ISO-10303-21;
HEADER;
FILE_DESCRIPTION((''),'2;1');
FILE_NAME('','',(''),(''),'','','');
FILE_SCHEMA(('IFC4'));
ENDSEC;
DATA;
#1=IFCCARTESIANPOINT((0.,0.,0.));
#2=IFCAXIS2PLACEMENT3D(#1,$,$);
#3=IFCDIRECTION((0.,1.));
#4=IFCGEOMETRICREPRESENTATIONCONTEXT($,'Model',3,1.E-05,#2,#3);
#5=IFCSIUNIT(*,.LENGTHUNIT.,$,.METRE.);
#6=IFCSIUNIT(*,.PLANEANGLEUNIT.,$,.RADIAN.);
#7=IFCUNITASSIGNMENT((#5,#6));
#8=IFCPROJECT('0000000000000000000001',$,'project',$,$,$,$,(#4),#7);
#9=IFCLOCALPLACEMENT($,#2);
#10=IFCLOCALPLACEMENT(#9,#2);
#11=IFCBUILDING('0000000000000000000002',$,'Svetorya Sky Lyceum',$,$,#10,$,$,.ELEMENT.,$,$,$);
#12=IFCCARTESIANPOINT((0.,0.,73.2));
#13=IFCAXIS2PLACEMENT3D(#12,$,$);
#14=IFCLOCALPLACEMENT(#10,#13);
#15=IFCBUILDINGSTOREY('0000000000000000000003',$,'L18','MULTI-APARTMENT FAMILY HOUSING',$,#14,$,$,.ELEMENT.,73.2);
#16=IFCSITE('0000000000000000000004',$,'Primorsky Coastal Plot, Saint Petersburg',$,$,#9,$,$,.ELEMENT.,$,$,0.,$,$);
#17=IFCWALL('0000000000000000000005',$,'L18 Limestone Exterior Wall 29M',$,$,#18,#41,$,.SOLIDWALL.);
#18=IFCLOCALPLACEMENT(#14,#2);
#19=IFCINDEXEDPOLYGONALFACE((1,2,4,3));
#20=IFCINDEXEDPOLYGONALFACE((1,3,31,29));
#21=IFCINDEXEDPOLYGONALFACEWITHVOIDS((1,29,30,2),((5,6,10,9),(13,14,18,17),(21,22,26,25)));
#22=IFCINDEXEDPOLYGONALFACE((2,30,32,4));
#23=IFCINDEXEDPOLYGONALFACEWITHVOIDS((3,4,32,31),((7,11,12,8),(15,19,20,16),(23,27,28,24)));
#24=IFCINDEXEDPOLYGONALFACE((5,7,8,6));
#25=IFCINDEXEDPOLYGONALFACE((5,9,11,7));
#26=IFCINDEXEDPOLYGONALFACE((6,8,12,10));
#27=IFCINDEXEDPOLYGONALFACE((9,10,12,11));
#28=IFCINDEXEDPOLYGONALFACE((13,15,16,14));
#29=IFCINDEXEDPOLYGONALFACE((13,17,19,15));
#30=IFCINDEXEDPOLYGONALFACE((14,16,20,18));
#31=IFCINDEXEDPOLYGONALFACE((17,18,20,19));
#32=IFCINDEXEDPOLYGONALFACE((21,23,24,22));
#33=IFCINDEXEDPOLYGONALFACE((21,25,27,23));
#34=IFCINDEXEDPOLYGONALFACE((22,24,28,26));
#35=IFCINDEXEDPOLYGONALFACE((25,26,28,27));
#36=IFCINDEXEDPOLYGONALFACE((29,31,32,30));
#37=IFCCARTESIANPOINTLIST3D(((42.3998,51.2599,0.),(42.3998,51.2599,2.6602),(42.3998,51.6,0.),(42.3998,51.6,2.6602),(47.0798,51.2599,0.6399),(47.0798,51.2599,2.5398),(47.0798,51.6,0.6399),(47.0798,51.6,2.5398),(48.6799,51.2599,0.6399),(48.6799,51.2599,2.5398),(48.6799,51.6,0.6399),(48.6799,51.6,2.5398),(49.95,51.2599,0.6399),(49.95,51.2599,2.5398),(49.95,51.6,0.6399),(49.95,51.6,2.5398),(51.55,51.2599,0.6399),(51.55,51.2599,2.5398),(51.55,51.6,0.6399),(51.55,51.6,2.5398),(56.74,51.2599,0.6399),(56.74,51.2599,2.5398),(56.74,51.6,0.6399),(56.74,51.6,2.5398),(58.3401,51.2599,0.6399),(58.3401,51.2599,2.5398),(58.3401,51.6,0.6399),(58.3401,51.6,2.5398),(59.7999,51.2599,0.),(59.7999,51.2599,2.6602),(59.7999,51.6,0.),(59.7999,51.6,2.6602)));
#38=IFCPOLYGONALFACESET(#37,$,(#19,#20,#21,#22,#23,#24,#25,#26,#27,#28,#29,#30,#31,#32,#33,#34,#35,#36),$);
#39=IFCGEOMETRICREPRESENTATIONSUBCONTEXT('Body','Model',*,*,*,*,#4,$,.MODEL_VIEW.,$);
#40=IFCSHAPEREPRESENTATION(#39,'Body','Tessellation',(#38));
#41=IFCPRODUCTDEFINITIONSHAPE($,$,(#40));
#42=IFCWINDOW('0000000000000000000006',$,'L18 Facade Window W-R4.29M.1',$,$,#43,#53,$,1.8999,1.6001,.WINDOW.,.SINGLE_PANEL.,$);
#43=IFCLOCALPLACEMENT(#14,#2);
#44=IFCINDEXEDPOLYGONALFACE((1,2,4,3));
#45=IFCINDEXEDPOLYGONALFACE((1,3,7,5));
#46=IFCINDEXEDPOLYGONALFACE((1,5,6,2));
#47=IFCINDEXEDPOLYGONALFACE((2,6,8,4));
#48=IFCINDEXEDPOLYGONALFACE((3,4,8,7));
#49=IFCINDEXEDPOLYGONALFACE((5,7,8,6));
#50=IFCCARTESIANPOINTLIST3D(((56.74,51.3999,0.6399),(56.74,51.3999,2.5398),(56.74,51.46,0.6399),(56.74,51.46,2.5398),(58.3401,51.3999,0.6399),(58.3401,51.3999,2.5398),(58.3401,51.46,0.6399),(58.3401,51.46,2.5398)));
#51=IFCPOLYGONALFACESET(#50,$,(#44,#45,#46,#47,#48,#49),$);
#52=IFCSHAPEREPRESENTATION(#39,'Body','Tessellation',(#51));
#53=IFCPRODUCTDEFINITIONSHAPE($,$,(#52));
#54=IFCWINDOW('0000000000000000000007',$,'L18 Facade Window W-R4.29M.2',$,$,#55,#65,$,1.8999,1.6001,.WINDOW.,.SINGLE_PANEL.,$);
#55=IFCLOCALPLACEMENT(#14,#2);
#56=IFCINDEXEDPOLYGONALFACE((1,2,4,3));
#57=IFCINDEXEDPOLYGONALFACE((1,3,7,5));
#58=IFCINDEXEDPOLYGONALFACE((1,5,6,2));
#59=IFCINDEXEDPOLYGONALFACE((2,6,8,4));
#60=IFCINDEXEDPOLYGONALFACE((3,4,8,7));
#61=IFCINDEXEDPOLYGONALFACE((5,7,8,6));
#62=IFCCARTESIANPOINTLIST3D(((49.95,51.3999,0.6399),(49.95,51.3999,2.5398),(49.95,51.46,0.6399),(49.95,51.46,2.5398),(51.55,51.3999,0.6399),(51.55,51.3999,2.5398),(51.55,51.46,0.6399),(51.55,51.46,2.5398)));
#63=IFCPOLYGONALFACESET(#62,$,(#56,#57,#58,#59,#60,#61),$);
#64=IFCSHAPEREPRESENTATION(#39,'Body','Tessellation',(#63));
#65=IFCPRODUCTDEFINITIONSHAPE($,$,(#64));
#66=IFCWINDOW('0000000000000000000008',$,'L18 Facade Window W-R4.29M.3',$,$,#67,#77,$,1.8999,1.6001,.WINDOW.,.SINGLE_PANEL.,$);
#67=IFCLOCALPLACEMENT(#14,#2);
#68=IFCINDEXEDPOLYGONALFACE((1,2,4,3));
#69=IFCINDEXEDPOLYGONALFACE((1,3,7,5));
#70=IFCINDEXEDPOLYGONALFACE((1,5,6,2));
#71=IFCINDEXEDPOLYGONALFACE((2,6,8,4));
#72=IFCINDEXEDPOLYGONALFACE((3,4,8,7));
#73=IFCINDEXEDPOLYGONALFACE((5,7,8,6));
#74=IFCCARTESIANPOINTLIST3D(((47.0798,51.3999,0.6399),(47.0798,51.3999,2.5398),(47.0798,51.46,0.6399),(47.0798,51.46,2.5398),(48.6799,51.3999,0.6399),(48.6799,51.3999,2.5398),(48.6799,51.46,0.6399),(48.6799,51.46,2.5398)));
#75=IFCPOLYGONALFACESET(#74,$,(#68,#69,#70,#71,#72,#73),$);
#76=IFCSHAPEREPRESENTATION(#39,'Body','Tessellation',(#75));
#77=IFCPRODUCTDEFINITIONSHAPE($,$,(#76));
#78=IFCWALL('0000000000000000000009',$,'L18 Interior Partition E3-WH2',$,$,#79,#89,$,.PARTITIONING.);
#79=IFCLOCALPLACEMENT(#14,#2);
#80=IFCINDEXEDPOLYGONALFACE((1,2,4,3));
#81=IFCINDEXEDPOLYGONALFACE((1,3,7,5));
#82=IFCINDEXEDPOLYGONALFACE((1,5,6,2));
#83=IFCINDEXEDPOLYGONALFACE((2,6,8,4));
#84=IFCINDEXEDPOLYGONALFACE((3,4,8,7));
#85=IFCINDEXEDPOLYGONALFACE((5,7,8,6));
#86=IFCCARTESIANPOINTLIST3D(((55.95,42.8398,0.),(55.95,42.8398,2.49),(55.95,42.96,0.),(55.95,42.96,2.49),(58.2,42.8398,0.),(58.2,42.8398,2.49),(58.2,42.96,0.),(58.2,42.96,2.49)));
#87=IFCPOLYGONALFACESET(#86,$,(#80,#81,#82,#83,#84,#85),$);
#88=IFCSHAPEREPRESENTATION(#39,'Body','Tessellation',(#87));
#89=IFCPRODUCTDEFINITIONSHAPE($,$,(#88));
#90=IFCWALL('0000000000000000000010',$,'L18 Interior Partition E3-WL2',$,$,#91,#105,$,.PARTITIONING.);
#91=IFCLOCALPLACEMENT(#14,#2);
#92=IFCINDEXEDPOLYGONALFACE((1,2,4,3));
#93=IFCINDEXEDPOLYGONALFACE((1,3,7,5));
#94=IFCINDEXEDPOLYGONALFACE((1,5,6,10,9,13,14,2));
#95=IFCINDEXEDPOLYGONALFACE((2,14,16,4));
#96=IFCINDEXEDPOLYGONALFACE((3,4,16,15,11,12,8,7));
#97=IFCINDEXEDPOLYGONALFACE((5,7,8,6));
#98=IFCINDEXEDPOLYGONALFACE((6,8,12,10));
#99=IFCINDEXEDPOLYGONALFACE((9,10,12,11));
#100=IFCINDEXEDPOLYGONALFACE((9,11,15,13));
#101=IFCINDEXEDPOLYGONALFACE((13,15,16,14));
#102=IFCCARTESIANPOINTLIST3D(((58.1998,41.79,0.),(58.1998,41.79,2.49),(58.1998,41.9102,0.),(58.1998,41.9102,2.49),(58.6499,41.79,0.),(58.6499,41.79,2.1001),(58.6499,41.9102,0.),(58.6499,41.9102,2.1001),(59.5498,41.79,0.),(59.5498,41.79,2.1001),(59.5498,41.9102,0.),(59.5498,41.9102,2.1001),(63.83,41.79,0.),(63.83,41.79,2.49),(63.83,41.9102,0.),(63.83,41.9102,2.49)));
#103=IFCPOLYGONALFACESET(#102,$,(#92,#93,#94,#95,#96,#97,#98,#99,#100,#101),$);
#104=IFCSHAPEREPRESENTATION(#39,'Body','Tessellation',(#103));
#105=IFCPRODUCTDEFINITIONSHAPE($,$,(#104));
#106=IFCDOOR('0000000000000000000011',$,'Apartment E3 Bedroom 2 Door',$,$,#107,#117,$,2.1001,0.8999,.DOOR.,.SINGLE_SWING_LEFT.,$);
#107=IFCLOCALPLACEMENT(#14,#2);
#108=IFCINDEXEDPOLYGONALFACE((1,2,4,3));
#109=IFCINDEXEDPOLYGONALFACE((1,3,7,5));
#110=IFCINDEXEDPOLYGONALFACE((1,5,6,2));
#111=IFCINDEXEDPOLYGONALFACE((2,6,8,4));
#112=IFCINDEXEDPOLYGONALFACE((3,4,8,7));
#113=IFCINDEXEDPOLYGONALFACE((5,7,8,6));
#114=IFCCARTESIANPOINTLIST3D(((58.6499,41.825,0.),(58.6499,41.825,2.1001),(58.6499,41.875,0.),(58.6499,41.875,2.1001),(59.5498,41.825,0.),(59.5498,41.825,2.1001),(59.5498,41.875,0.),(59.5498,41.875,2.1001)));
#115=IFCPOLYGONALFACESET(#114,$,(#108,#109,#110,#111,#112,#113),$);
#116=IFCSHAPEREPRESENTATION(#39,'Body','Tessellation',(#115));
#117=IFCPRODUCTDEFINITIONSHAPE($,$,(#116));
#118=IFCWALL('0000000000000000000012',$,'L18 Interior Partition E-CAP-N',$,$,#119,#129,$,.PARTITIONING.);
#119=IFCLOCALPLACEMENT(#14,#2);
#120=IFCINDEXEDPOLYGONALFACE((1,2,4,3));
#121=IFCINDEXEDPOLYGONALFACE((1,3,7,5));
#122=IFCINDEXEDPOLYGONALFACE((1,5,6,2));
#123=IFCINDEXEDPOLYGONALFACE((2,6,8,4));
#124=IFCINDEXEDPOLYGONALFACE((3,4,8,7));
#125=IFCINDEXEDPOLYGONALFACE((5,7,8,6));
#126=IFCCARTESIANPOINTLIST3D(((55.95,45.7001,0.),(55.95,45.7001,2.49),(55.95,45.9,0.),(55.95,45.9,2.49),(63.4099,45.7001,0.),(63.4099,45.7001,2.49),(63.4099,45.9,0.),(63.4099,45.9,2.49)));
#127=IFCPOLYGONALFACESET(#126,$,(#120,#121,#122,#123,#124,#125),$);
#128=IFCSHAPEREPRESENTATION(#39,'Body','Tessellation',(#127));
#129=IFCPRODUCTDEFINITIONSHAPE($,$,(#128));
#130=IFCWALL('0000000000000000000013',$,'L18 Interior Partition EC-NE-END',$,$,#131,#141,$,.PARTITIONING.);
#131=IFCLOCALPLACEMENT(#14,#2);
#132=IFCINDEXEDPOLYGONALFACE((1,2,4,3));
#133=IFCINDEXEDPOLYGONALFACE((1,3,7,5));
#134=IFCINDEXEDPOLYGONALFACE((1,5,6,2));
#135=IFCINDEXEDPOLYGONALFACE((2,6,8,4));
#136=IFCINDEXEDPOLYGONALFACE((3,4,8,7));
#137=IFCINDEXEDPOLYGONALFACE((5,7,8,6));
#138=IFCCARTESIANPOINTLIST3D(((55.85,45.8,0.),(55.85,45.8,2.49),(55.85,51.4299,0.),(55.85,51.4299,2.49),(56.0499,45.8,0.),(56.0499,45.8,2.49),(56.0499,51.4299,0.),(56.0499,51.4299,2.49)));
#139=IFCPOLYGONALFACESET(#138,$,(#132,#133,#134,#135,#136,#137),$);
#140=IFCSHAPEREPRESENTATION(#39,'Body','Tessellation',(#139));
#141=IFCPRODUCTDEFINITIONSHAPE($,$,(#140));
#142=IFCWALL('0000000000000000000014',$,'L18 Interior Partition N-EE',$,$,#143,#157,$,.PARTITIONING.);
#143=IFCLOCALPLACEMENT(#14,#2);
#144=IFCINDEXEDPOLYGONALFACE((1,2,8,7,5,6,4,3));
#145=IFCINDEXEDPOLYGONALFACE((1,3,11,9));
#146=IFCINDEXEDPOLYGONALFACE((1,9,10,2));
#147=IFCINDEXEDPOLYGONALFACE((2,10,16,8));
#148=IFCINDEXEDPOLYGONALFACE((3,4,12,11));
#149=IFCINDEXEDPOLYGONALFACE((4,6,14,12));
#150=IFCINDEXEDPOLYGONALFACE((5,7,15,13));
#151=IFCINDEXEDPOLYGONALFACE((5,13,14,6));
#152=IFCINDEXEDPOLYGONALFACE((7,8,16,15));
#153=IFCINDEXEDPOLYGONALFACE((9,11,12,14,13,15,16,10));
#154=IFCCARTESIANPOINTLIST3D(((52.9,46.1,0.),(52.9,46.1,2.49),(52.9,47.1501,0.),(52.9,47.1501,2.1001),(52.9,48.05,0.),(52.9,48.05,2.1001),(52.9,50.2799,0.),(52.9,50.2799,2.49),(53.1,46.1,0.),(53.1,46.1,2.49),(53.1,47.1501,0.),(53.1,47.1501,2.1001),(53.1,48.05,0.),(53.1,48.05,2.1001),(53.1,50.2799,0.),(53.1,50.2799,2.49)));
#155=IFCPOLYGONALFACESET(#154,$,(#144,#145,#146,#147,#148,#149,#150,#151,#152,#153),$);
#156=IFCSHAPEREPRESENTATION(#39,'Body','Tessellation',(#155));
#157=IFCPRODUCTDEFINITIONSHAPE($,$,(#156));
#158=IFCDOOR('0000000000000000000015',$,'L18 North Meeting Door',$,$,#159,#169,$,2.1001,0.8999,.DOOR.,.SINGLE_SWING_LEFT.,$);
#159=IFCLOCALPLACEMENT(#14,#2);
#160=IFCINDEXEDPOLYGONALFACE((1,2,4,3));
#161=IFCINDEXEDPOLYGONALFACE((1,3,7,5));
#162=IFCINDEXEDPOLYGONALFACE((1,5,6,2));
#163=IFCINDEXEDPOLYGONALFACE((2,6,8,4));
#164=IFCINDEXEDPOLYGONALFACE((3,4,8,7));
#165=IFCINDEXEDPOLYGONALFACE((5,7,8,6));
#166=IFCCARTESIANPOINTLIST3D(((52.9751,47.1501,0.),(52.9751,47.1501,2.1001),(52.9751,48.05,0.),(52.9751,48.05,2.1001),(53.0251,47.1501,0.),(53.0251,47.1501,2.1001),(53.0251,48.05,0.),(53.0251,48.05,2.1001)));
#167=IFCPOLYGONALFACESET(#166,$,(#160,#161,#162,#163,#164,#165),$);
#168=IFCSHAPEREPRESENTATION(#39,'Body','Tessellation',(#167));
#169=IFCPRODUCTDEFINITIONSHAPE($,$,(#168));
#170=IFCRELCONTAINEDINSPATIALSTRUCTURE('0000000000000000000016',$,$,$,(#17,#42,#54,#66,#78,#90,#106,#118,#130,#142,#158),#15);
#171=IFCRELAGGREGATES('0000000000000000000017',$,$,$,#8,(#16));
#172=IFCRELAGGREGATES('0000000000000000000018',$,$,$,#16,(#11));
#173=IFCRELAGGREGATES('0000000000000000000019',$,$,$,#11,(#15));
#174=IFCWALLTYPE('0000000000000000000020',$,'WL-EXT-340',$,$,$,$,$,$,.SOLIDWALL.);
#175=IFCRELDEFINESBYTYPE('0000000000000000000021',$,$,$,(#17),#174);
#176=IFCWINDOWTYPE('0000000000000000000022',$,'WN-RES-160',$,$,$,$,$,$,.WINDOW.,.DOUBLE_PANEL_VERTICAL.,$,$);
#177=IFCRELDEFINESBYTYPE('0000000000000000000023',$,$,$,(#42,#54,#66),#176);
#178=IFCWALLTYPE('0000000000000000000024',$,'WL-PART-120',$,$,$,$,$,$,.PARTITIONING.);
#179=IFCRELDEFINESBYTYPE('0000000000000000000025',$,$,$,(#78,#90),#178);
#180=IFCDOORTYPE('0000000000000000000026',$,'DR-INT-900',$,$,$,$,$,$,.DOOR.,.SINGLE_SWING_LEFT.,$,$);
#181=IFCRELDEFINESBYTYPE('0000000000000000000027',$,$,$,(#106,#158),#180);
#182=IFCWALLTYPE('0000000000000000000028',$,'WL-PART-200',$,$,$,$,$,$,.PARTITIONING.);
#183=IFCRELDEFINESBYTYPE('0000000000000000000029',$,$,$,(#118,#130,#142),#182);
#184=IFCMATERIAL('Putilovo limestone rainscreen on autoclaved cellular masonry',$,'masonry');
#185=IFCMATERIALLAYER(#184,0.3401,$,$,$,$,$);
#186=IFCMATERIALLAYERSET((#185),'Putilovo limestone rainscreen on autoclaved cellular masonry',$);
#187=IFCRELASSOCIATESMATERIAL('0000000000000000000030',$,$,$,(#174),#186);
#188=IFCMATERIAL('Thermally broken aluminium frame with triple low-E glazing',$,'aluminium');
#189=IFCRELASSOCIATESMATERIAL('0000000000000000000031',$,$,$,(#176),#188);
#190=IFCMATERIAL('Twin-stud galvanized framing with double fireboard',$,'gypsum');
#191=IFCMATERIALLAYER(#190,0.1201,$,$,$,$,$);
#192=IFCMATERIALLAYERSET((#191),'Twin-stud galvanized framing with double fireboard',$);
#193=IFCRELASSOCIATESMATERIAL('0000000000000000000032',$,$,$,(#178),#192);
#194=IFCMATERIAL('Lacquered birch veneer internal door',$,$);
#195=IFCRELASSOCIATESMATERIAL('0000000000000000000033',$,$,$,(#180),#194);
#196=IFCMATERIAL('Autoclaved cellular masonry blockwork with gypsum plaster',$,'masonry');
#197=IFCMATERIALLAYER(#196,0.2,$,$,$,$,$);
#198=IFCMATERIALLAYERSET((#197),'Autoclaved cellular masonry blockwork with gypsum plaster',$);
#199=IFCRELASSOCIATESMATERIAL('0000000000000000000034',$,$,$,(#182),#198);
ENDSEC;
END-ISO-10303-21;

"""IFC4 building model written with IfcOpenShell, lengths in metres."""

from ifc_helpers import new_model, si_unit, direction, frame, frame_2d, origin, place, context, subcontext, project, spatial, rectangle, extrude, material, layer, layer_set, type_object, element, fill, save


model = new_model("IFC4")

# Units and contexts
model_context = context("Model", 3, precision=1e-05, world=origin(), true_north=direction((0.0, 1.0)))
body_context = subcontext(model_context, "Body", "Model", "MODEL_VIEW")
ifc_project = project(units=[si_unit("LENGTHUNIT", "METRE"), si_unit("PLANEANGLEUNIT", "RADIAN")], contexts=[model_context])

# Site, building, storey
site_placement = place(None, origin())
site = spatial("IfcSite", under=ifc_project, at=site_placement, Name="Primorsky Coastal Plot, Saint Petersburg", CompositionType="ELEMENT", RefElevation=0.0)
building_placement = place(site_placement, origin())
building = spatial("IfcBuilding", under=site, at=building_placement, Name="Svetorya Sky Lyceum", CompositionType="ELEMENT")
storey_placement = place(building_placement, frame((0.0, 0.0, 73.2)))
storey = spatial("IfcBuildingStorey", under=building, at=storey_placement, Name="L18", Description="MULTI-APARTMENT FAMILY HOUSING", CompositionType="ELEMENT", Elevation=73.2)

# Shared definitions
ifc_material_1 = material(Name="Putilovo limestone rainscreen on autoclaved cellular masonry", Category="masonry")
ifc_layer_1 = layer(ifc_material_1, 0.3401)
ifc_layer_set_1 = layer_set([ifc_layer_1], Name="Putilovo limestone rainscreen on autoclaved cellular masonry")
wall_type_1 = type_object("IfcWallType", Name="WL-EXT-340", PredefinedType="SOLIDWALL", material=ifc_layer_set_1)

# Wall, openings, windows
wall_1_placement = place(storey_placement, frame((59.8, 51.4299, 0.0), z_axis=(0.0, 0.0, 1.0), x_axis=(-1.0, 0.0, 0.0)))
wall_1 = element("IfcWall", 1, at=wall_1_placement, inside=storey, type_object=wall_type_1, Name="L18 Limestone Exterior Wall 29M", PredefinedType="SOLIDWALL", context=body_context, shape_type="SweptSolid", body=[
    extrude(rectangle(XDim=17.4001, YDim=0.3401, at=frame_2d((8.7002, 0.0))), origin(), (0.0, 0.0, 1.0), 2.6602),
])
opening_1_placement = place(wall_1_placement, frame((1.46, 0.0, 0.6399)))
opening_1 = element("IfcOpeningElement", 2, at=opening_1_placement, cuts=wall_1, PredefinedType="OPENING", context=body_context, shape_type="SweptSolid", body=[
    extrude(rectangle(XDim=1.6001, YDim=1.8999, at=frame_2d((0.8, 0.95))), frame((0.0, 0.1799, 0.0), z_axis=(0.0, -1.0, 0.0), x_axis=(1.0, 0.0, 0.0)), (0.0, 0.0, 1.0), 0.3601),
])
opening_2_placement = place(wall_1_placement, frame((8.25, 0.0, 0.6399)))
opening_2 = element("IfcOpeningElement", 3, at=opening_2_placement, cuts=wall_1, PredefinedType="OPENING", context=body_context, shape_type="SweptSolid", body=[
    extrude(rectangle(XDim=1.6001, YDim=1.8999, at=frame_2d((0.8, 0.95))), frame((0.0, 0.1799, 0.0), z_axis=(0.0, -1.0, 0.0), x_axis=(1.0, 0.0, 0.0)), (0.0, 0.0, 1.0), 0.3601),
])
opening_3_placement = place(wall_1_placement, frame((11.1201, 0.0, 0.6399)))
opening_3 = element("IfcOpeningElement", 4, at=opening_3_placement, cuts=wall_1, PredefinedType="OPENING", context=body_context, shape_type="SweptSolid", body=[
    extrude(rectangle(XDim=1.6001, YDim=1.8999, at=frame_2d((0.8, 0.95))), frame((0.0, 0.1799, 0.0), z_axis=(0.0, -1.0, 0.0), x_axis=(1.0, 0.0, 0.0)), (0.0, 0.0, 1.0), 0.3601),
])
ifc_material_2 = material(Name="Thermally broken aluminium frame with triple low-E glazing", Category="aluminium")
window_type = type_object("IfcWindowType", Name="WN-RES-160", PartitioningType="DOUBLE_PANEL_VERTICAL", PredefinedType="WINDOW", material=ifc_material_2)
window_1_placement = place(opening_1_placement, origin())
window_1 = element("IfcWindow", 5, at=window_1_placement, inside=storey, type_object=window_type, Name="L18 Facade Window W-R4.29M.1", OverallHeight=1.8999, OverallWidth=1.6001, PartitioningType="SINGLE_PANEL", PredefinedType="WINDOW", context=body_context, shape_type="SweptSolid", body=[
    extrude(rectangle(XDim=1.6001, YDim=1.8999, at=frame_2d((0.8, 0.95))), frame((0.0, 0.03, 0.0), z_axis=(0.0, -1.0, 0.0), x_axis=(1.0, 0.0, 0.0)), (0.0, 0.0, 1.0), 0.0601),
])
fill(opening_1, window_1)
window_2_placement = place(opening_2_placement, origin())
window_2 = element("IfcWindow", 6, at=window_2_placement, inside=storey, type_object=window_type, Name="L18 Facade Window W-R4.29M.2", OverallHeight=1.8999, OverallWidth=1.6001, PartitioningType="SINGLE_PANEL", PredefinedType="WINDOW", context=body_context, shape_type="SweptSolid", body=[
    extrude(rectangle(XDim=1.6001, YDim=1.8999, at=frame_2d((0.8, 0.95))), frame((0.0, 0.03, 0.0), z_axis=(0.0, -1.0, 0.0), x_axis=(1.0, 0.0, 0.0)), (0.0, 0.0, 1.0), 0.0601),
])
fill(opening_2, window_2)
window_3_placement = place(opening_3_placement, origin())
window_3 = element("IfcWindow", 7, at=window_3_placement, inside=storey, type_object=window_type, Name="L18 Facade Window W-R4.29M.3", OverallHeight=1.8999, OverallWidth=1.6001, PartitioningType="SINGLE_PANEL", PredefinedType="WINDOW", context=body_context, shape_type="SweptSolid", body=[
    extrude(rectangle(XDim=1.6001, YDim=1.8999, at=frame_2d((0.8, 0.95))), frame((0.0, 0.03, 0.0), z_axis=(0.0, -1.0, 0.0), x_axis=(1.0, 0.0, 0.0)), (0.0, 0.0, 1.0), 0.0601),
])
fill(opening_3, window_3)

# Wall
ifc_material_3 = material(Name="Twin-stud galvanized framing with double fireboard", Category="gypsum")
ifc_layer_2 = layer(ifc_material_3, 0.1201)
ifc_layer_set_2 = layer_set([ifc_layer_2], Name="Twin-stud galvanized framing with double fireboard")
wall_type_2 = type_object("IfcWallType", Name="WL-PART-120", PredefinedType="PARTITIONING", material=ifc_layer_set_2)
wall_2_placement = place(storey_placement, frame((55.95, 42.8999, 0.0), z_axis=(0.0, 0.0, 1.0), x_axis=(1.0, 0.0, 0.0)))
element("IfcWall", 8, at=wall_2_placement, inside=storey, type_object=wall_type_2, Name="L18 Interior Partition E3-WH2", PredefinedType="PARTITIONING", context=body_context, shape_type="SweptSolid", body=[
    extrude(rectangle(XDim=2.25, YDim=0.1201, at=frame_2d((1.125, 0.0))), origin(), (0.0, 0.0, 1.0), 2.49),
])

# Wall, opening, door
wall_3_placement = place(storey_placement, frame((58.2, 41.8501, 0.0), z_axis=(0.0, 0.0, 1.0), x_axis=(1.0, 0.0, 0.0)))
wall_3 = element("IfcWall", 9, at=wall_3_placement, inside=storey, type_object=wall_type_2, Name="L18 Interior Partition E3-WL2", PredefinedType="PARTITIONING", context=body_context, shape_type="SweptSolid", body=[
    extrude(rectangle(XDim=5.6301, YDim=0.1201, at=frame_2d((2.8149, 0.0))), origin(), (0.0, 0.0, 1.0), 2.49),
])
opening_4_placement = place(wall_3_placement, frame((0.45, 0.0, 0.0)))
opening_4 = element("IfcOpeningElement", 10, at=opening_4_placement, cuts=wall_3, PredefinedType="OPENING", context=body_context, shape_type="SweptSolid", body=[
    extrude(rectangle(XDim=0.8999, YDim=2.1001, at=frame_2d((0.45, 1.05))), frame((0.0, 0.0701, 0.0), z_axis=(0.0, -1.0, 0.0), x_axis=(1.0, 0.0, 0.0)), (0.0, 0.0, 1.0), 0.1401),
])
ifc_material_4 = material(Name="Lacquered birch veneer internal door")
door_type = type_object("IfcDoorType", Name="DR-INT-900", OperationType="SINGLE_SWING_LEFT", PredefinedType="DOOR", material=ifc_material_4)
door_1_placement = place(opening_4_placement, origin())
door_1 = element("IfcDoor", 11, at=door_1_placement, inside=storey, type_object=door_type, Name="Apartment E3 Bedroom 2 Door", OperationType="SINGLE_SWING_LEFT", OverallHeight=2.1001, OverallWidth=0.8999, PredefinedType="DOOR", context=body_context, shape_type="SweptSolid", body=[
    extrude(rectangle(XDim=0.8999, YDim=2.1001, at=frame_2d((0.45, 1.05))), frame((0.0, 0.0249, 0.0), z_axis=(0.0, -1.0, 0.0), x_axis=(1.0, 0.0, 0.0)), (0.0, 0.0, 1.0), 0.05),
])
fill(opening_4, door_1)

# Walls
ifc_material_5 = material(Name="Autoclaved cellular masonry blockwork with gypsum plaster", Category="masonry")
ifc_layer_3 = layer(ifc_material_5, 0.2)
ifc_layer_set_3 = layer_set([ifc_layer_3], Name="Autoclaved cellular masonry blockwork with gypsum plaster")
wall_type_3 = type_object("IfcWallType", Name="WL-PART-200", PredefinedType="PARTITIONING", material=ifc_layer_set_3)
wall_4_placement = place(storey_placement, frame((55.95, 45.8, 0.0), z_axis=(0.0, 0.0, 1.0), x_axis=(1.0, 0.0, 0.0)))
element("IfcWall", 12, at=wall_4_placement, inside=storey, type_object=wall_type_3, Name="L18 Interior Partition E-CAP-N", PredefinedType="PARTITIONING", context=body_context, shape_type="SweptSolid", body=[
    extrude(rectangle(XDim=7.46, YDim=0.2, at=frame_2d((3.73, 0.0))), origin(), (0.0, 0.0, 1.0), 2.49),
])
wall_5_placement = place(storey_placement, frame((55.95, 45.8, 0.0), z_axis=(0.0, 0.0, 1.0), x_axis=(0.0, 1.0, 0.0)))
element("IfcWall", 13, at=wall_5_placement, inside=storey, type_object=wall_type_3, Name="L18 Interior Partition EC-NE-END", PredefinedType="PARTITIONING", context=body_context, shape_type="SweptSolid", body=[
    extrude(rectangle(XDim=5.6299, YDim=0.2, at=frame_2d((2.8149, 0.0))), origin(), (0.0, 0.0, 1.0), 2.49),
])

# Wall, opening, door
wall_6_placement = place(storey_placement, frame((53.0, 46.1001, 0.0), z_axis=(0.0, 0.0, 1.0), x_axis=(0.0, 1.0, 0.0)))
wall_6 = element("IfcWall", 14, at=wall_6_placement, inside=storey, type_object=wall_type_3, Name="L18 Interior Partition N-EE", PredefinedType="PARTITIONING", context=body_context, shape_type="SweptSolid", body=[
    extrude(rectangle(XDim=4.1799, YDim=0.2, at=frame_2d((2.0898, 0.0))), origin(), (0.0, 0.0, 1.0), 2.49),
])
opening_5_placement = place(wall_6_placement, frame((1.05, 0.0, 0.0)))
opening_5 = element("IfcOpeningElement", 15, at=opening_5_placement, cuts=wall_6, PredefinedType="OPENING", context=body_context, shape_type="SweptSolid", body=[
    extrude(rectangle(XDim=0.8999, YDim=2.1001, at=frame_2d((0.45, 1.05))), frame((0.0, 0.1099, 0.0), z_axis=(0.0, -1.0, 0.0), x_axis=(1.0, 0.0, 0.0)), (0.0, 0.0, 1.0), 0.22),
])
door_2_placement = place(opening_5_placement, origin())
door_2 = element("IfcDoor", 16, at=door_2_placement, inside=storey, type_object=door_type, Name="L18 North Meeting Door", OperationType="SINGLE_SWING_LEFT", OverallHeight=2.1001, OverallWidth=0.8999, PredefinedType="DOOR", context=body_context, shape_type="SweptSolid", body=[
    extrude(rectangle(XDim=0.8999, YDim=2.1001, at=frame_2d((0.45, 1.05))), frame((0.0, 0.0249, 0.0), z_axis=(0.0, -1.0, 0.0), x_axis=(1.0, 0.0, 0.0)), (0.0, 0.0, 1.0), 0.05),
])
fill(opening_5, door_2)

save(model, "model.ifc")
